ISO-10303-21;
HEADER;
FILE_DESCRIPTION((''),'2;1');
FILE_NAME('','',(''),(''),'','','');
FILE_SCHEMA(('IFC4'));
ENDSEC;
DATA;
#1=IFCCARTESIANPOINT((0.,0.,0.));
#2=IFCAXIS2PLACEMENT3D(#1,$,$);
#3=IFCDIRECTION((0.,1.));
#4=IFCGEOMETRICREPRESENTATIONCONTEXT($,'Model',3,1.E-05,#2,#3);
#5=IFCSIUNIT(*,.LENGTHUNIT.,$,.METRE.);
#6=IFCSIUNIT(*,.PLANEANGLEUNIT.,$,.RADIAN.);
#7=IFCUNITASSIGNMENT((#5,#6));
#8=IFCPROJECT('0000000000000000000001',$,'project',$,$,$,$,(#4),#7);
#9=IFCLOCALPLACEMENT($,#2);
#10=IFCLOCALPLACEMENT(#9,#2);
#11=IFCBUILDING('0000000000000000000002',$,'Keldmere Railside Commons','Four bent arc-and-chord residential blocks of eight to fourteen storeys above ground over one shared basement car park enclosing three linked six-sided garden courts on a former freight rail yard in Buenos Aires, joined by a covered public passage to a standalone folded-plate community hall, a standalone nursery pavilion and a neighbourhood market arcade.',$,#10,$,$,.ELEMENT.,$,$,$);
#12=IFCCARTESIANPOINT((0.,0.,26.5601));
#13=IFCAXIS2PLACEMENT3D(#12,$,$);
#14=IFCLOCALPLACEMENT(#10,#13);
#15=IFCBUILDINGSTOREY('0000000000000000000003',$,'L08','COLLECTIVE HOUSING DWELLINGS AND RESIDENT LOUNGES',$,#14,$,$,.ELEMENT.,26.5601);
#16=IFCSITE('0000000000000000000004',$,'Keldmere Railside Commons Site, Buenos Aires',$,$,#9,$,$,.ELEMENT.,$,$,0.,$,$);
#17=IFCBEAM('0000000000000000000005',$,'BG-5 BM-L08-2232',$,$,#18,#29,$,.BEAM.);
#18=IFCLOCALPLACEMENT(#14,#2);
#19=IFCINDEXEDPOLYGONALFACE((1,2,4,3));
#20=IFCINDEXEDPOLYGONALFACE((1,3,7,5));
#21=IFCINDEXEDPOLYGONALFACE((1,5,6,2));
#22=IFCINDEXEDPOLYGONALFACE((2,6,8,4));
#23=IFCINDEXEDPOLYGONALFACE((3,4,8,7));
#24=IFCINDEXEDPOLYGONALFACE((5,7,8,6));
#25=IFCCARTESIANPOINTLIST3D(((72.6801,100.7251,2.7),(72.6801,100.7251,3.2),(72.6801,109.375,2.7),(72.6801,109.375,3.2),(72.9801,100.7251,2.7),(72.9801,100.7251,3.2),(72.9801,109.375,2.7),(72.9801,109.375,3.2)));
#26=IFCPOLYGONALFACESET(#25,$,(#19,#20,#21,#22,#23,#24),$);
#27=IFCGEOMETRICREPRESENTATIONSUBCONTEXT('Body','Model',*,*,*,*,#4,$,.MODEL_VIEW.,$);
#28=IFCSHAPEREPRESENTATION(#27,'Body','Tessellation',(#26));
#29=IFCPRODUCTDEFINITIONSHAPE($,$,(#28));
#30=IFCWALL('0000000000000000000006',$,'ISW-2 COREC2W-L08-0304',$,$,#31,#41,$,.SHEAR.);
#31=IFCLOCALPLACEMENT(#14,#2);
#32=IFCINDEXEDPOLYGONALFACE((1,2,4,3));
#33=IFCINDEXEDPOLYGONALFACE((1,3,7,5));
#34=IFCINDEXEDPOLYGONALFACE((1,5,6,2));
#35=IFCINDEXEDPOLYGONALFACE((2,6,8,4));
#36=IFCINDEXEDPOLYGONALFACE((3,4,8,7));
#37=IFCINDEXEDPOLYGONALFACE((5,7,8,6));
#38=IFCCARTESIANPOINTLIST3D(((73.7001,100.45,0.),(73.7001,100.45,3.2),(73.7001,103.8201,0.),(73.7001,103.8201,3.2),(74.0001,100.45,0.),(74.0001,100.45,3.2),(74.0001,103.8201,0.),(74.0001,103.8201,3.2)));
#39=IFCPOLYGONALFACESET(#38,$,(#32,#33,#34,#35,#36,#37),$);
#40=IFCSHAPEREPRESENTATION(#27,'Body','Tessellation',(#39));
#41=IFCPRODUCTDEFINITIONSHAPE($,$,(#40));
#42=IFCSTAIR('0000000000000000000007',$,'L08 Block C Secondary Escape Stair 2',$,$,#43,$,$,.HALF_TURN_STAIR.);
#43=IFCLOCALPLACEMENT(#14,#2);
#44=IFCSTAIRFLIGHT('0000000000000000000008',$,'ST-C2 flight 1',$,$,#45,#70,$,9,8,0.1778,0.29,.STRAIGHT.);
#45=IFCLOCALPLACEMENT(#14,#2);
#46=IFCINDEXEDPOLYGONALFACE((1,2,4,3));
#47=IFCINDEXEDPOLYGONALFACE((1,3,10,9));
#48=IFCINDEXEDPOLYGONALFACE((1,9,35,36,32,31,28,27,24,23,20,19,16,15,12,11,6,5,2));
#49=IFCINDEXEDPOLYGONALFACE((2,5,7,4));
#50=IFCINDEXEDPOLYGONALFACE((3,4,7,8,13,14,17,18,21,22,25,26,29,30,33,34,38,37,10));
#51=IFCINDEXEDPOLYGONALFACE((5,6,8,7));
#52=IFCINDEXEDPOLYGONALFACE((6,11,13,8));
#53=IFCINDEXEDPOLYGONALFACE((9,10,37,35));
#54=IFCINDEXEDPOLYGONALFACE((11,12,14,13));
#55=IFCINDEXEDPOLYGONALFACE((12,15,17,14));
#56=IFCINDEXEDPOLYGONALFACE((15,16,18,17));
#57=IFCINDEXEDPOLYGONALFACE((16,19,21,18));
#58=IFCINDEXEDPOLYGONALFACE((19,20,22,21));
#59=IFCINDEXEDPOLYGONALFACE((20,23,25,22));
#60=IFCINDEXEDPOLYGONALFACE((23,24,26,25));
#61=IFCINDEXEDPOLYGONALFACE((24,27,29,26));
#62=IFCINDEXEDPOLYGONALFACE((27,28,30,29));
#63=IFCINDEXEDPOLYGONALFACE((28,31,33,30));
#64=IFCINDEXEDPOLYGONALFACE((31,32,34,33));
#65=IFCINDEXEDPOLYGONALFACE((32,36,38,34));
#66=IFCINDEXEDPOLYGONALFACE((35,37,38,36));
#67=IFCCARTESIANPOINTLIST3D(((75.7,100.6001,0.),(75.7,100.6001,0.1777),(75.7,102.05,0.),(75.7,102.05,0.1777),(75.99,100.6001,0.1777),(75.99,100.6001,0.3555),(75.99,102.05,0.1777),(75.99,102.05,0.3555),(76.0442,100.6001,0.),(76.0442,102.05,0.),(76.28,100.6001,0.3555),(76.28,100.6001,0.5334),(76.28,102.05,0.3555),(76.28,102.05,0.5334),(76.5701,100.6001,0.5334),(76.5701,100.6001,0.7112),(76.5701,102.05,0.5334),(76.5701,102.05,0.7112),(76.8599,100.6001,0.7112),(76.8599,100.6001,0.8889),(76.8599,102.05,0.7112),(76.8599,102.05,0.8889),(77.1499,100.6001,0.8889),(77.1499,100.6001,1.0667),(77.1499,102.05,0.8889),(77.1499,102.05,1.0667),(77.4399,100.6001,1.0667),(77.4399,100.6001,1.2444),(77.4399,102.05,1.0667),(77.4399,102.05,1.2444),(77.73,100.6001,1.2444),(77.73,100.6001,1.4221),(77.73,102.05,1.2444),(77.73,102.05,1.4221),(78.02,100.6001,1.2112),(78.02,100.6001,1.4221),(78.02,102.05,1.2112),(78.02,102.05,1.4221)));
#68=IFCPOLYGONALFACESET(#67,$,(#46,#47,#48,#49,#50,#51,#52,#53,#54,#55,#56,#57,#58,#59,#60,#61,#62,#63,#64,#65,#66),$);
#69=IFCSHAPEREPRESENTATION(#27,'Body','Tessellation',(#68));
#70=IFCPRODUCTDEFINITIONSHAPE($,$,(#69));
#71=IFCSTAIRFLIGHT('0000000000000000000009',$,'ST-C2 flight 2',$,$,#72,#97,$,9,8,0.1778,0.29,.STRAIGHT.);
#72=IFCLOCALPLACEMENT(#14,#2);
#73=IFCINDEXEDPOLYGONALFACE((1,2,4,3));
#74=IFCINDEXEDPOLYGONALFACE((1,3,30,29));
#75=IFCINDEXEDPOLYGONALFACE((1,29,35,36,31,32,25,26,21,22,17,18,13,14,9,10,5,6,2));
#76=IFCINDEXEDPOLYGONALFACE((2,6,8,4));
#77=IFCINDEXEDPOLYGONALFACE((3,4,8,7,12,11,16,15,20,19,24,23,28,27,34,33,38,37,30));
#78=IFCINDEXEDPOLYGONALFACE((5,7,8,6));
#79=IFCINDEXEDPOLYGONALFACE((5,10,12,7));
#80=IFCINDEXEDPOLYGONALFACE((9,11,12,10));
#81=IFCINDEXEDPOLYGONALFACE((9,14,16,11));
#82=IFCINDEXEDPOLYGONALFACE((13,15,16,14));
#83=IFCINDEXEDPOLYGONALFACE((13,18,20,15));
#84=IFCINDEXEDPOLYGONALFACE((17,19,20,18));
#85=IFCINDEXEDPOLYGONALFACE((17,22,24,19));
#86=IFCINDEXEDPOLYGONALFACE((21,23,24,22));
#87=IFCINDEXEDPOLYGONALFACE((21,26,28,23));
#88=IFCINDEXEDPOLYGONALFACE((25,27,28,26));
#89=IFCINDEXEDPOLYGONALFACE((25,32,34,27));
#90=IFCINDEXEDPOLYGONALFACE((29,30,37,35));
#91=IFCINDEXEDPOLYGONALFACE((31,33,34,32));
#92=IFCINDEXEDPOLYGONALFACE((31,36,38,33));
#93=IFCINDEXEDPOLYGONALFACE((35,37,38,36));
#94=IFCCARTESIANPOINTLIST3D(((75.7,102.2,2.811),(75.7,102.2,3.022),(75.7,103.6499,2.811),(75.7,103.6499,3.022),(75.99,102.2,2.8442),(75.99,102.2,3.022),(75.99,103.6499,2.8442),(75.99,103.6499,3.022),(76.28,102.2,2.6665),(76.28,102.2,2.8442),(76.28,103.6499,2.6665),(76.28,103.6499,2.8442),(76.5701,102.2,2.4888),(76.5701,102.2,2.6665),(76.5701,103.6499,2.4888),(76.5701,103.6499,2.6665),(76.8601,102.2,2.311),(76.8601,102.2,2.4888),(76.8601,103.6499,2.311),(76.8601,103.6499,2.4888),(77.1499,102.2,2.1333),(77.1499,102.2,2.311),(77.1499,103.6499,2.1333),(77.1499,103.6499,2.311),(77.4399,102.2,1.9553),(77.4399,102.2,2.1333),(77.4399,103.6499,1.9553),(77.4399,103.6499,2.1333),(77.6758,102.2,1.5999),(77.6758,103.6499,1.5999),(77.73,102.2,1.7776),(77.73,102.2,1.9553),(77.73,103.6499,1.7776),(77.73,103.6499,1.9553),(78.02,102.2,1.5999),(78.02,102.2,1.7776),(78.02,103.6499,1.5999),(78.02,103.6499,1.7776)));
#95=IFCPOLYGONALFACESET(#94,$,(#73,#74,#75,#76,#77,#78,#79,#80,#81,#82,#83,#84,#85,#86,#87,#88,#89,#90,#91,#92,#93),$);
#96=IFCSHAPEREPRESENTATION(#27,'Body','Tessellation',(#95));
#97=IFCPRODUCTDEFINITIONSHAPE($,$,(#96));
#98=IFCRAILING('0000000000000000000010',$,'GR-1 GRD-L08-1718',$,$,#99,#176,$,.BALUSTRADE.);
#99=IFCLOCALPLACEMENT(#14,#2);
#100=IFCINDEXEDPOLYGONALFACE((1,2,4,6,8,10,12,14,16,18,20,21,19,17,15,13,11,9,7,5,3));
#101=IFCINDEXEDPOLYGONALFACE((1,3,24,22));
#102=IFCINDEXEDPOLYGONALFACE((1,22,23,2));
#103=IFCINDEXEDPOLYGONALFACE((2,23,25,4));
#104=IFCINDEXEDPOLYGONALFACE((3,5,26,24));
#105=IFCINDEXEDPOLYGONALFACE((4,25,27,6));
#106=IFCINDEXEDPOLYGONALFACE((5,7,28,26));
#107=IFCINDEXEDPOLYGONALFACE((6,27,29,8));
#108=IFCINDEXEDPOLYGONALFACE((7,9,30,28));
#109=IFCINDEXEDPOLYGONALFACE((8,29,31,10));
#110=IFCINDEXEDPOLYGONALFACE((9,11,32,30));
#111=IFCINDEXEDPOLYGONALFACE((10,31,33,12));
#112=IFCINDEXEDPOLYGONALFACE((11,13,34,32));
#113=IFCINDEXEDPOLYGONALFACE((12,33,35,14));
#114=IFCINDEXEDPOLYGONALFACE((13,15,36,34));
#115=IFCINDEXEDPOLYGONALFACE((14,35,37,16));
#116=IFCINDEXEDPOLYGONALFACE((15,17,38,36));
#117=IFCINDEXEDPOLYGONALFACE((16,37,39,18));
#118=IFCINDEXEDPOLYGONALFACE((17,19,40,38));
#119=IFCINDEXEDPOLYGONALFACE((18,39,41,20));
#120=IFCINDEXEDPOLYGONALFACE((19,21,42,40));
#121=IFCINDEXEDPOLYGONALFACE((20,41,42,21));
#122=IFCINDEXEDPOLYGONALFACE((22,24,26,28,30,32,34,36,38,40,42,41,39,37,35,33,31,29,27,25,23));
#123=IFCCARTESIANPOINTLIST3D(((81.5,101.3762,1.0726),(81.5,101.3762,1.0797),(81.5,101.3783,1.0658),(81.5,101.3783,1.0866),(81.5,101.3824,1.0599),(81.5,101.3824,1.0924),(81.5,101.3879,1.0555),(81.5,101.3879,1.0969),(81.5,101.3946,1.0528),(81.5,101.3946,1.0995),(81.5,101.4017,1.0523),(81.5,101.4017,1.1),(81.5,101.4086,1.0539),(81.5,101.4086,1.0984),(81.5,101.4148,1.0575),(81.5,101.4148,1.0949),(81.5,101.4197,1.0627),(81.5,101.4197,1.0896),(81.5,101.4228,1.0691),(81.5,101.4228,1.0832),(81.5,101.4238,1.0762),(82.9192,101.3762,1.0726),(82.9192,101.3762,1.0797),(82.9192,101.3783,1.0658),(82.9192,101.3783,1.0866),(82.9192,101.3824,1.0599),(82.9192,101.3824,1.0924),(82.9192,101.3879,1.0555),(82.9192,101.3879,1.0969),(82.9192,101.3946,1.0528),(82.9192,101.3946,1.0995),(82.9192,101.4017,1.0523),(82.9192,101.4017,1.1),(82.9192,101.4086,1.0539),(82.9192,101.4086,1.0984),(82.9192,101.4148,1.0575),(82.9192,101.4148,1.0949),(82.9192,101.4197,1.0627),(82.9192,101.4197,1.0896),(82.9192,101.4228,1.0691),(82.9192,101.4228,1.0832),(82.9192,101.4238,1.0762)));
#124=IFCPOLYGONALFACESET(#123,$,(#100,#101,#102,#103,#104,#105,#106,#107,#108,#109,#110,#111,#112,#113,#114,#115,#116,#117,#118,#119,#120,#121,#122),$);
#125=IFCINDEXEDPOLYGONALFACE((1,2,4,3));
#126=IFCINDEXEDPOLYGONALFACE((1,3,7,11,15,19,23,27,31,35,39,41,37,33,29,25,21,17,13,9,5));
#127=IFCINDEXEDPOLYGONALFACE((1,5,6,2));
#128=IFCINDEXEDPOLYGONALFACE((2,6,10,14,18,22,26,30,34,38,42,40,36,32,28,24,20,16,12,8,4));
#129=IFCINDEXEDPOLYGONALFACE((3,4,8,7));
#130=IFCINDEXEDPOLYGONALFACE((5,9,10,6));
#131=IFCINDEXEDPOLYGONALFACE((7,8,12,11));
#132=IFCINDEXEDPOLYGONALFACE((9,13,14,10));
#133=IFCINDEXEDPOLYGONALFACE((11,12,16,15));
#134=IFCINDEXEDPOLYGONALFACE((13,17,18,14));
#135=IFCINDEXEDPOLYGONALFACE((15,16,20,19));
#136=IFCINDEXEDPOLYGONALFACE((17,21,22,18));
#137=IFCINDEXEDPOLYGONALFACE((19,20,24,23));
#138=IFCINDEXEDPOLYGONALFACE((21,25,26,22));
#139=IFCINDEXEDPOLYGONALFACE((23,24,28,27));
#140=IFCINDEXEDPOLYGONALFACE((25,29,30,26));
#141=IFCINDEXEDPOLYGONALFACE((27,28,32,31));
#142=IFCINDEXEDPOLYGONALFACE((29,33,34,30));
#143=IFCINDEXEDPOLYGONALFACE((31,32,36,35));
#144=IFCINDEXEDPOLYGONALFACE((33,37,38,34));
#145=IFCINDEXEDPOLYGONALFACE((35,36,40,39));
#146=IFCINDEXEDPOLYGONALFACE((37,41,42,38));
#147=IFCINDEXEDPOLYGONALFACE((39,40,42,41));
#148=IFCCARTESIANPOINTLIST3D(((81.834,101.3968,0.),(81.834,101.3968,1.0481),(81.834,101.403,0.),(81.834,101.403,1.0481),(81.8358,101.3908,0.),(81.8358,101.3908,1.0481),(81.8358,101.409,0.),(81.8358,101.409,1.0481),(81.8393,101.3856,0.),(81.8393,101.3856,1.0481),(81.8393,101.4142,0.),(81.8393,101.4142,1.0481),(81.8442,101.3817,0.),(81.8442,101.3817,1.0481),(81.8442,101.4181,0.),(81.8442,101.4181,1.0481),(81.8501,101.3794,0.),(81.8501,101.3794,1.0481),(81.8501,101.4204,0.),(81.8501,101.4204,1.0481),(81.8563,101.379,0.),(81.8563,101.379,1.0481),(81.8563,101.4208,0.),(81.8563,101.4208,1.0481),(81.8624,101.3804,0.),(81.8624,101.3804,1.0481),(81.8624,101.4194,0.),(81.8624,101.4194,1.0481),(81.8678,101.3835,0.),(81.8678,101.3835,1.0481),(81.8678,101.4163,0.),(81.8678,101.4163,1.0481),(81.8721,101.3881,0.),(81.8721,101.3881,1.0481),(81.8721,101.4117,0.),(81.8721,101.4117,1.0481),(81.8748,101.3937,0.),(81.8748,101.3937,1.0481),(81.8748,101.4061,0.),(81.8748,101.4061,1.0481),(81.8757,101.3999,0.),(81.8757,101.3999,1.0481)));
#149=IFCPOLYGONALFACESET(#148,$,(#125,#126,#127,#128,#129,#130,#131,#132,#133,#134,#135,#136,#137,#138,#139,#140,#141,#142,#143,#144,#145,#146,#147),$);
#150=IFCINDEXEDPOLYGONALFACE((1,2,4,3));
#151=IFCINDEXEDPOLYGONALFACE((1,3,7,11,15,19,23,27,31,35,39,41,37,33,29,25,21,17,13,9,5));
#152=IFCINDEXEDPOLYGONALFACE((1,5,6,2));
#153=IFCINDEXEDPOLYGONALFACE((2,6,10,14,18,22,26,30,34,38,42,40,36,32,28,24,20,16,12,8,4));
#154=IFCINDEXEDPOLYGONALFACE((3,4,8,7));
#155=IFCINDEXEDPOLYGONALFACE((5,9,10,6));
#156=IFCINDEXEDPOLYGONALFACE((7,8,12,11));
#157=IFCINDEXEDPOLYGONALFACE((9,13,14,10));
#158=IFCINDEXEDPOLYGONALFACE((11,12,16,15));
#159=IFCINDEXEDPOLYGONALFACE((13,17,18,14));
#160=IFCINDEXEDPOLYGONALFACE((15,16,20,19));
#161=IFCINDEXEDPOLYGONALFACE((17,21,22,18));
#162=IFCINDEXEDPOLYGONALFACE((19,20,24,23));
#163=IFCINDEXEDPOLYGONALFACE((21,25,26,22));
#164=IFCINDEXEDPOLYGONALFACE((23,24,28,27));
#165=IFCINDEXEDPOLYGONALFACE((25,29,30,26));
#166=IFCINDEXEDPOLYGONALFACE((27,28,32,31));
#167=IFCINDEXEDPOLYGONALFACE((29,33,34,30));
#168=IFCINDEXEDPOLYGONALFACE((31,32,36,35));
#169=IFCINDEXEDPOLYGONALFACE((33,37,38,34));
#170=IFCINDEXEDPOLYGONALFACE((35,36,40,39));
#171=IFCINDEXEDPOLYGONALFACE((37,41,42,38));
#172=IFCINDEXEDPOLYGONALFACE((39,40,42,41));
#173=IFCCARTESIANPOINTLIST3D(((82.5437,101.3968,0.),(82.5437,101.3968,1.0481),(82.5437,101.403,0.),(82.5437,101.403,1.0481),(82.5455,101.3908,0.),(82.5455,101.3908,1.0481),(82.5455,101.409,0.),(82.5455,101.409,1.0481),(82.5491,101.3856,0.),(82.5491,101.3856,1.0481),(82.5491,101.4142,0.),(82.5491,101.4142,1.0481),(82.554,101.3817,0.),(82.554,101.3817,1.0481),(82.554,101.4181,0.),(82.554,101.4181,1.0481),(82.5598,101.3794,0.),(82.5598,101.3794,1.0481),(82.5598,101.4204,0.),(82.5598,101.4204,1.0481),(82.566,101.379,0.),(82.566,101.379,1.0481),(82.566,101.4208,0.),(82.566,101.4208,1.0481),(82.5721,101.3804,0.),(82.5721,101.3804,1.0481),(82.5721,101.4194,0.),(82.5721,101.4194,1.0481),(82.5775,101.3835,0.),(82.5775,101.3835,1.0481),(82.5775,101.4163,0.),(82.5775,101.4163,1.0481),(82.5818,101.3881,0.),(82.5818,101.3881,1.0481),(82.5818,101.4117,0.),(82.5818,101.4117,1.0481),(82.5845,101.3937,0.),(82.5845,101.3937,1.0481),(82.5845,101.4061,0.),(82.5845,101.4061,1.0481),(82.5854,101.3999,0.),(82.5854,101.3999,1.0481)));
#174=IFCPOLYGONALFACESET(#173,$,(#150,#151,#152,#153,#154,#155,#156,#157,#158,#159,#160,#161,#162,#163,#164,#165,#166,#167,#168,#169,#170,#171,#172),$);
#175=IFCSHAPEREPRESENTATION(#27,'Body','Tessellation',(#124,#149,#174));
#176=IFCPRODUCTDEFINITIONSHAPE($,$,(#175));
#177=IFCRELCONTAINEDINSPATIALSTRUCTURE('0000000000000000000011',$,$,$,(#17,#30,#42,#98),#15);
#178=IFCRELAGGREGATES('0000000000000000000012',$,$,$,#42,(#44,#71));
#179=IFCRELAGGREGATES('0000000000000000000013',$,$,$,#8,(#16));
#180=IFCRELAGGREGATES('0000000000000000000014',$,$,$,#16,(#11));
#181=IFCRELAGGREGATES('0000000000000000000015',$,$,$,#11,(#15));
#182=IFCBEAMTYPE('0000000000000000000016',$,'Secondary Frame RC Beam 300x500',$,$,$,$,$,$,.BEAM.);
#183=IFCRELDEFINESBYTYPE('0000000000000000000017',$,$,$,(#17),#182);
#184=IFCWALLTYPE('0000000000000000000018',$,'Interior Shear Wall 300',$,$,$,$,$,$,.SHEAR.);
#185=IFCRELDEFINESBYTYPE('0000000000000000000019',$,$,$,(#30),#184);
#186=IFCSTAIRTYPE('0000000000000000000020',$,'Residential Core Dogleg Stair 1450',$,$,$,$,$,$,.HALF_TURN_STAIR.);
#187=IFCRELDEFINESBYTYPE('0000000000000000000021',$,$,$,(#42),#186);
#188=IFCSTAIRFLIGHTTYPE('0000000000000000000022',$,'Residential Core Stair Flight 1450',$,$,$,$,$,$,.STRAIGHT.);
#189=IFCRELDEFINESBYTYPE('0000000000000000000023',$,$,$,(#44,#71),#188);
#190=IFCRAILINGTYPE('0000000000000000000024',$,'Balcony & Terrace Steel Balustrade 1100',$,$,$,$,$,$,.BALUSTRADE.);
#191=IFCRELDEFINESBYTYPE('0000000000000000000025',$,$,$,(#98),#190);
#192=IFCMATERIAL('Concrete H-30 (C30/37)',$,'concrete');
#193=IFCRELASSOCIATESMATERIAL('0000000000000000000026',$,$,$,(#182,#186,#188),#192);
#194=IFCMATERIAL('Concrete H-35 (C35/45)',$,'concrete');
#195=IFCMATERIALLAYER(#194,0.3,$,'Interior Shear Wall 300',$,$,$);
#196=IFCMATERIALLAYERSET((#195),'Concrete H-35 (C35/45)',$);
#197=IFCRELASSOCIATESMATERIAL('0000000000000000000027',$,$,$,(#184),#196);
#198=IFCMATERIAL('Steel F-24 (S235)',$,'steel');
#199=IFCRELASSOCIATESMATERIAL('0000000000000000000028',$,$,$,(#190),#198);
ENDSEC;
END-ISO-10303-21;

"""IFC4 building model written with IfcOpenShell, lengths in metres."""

from ifc_helpers import new_model, si_unit, direction, frame, frame_2d, origin, origin_2d, place, context, subcontext, project, spatial, polyline, rectangle, circle, outline, extrude, material, layer, layer_set, material_profile, profile_set, type_object, element, aggregate, save


model = new_model("IFC4")

# Units and contexts
model_context = context("Model", 3, precision=1e-05, world=origin(), true_north=direction((0.0, 1.0)))
body_context = subcontext(model_context, "Body", "Model", "MODEL_VIEW")
ifc_project = project(units=[si_unit("LENGTHUNIT", "METRE"), si_unit("PLANEANGLEUNIT", "RADIAN")], contexts=[model_context])

# Site, building, storey
site_placement = place(None, origin())
site = spatial("IfcSite", under=ifc_project, at=site_placement, Name="Keldmere Railside Commons Site, Buenos Aires", CompositionType="ELEMENT", RefElevation=0.0)
building_placement = place(site_placement, origin())
building = spatial("IfcBuilding", under=site, at=building_placement, Name="Keldmere Railside Commons", Description="Four bent arc-and-chord residential blocks of eight to fourteen storeys above ground over one shared basement car park enclosing three linked six-sided garden courts on a former freight rail yard in Buenos Aires, joined by a covered public passage to a standalone folded-plate community hall, a standalone nursery pavilion and a neighbourhood market arcade.", CompositionType="ELEMENT")
storey_placement = place(building_placement, frame((0.0, 0.0, 26.5601)))
storey = spatial("IfcBuildingStorey", under=building, at=storey_placement, Name="L08", Description="COLLECTIVE HOUSING DWELLINGS AND RESIDENT LOUNGES", CompositionType="ELEMENT", Elevation=26.5601)

# Beam
ifc_material_1 = material(Name="Concrete H-30 (C30/37)", Category="concrete")
ifc_material_profile = material_profile(ifc_material_1, rectangle(XDim=0.3, YDim=0.5, at=origin_2d()), Name="RC-300x500")
ifc_profile_set = profile_set([ifc_material_profile], Name="Concrete H-30 (C30/37)")
beam_type = type_object("IfcBeamType", Name="Secondary Frame RC Beam 300x500", PredefinedType="BEAM", material=ifc_profile_set)
beam_placement = place(storey_placement, frame((72.8301, 100.7251, 2.95), z_axis=(0.0, 1.0, 0.0), x_axis=(-1.0, 0.0, 0.0)))
element("IfcBeam", 1, at=beam_placement, inside=storey, type_object=beam_type, Name="BG-5 BM-L08-2232", PredefinedType="BEAM", context=body_context, shape_type="SweptSolid", body=[
    extrude(rectangle(XDim=0.3, YDim=0.5, at=origin_2d()), origin(), (0.0, 0.0, 1.0), 8.6499),
])

# Wall
ifc_material_2 = material(Name="Concrete H-35 (C35/45)", Category="concrete")
ifc_layer_1 = layer(ifc_material_2, 0.3, Name="Interior Shear Wall 300")
ifc_layer_set_1 = layer_set([ifc_layer_1], Name="Concrete H-35 (C35/45)")
wall_type_1 = type_object("IfcWallType", Name="Interior Shear Wall 300", PredefinedType="SHEAR", material=ifc_layer_set_1)
wall_1_placement = place(storey_placement, frame((73.8501, 103.8201, 0.0), z_axis=(0.0, 0.0, 1.0), x_axis=(0.0, -1.0, 0.0)))
element("IfcWall", 2, at=wall_1_placement, inside=storey, type_object=wall_type_1, Name="ISW-2 COREC2W-L08-0304", PredefinedType="SHEAR", context=body_context, shape_type="SweptSolid", body=[
    extrude(rectangle(XDim=3.3701, YDim=0.3, at=frame_2d((1.6851, 0.0))), origin(), (0.0, 0.0, 1.0), 3.2),
])

# Shared definitions
ifc_material_3 = material(Name="Steel F-24 (S235)", Category="steel")

# Stair, stair flights
stair_type = type_object("IfcStairType", Name="Residential Core Dogleg Stair 1450", PredefinedType="HALF_TURN_STAIR", material=ifc_material_1)
stair_placement = place(storey_placement, origin())
stair = element("IfcStair", 3, at=stair_placement, inside=storey, type_object=stair_type, Name="L08 Block C Secondary Escape Stair 2", PredefinedType="HALF_TURN_STAIR")
stair_flight_type = type_object("IfcStairFlightType", Name="Residential Core Stair Flight 1450", PredefinedType="STRAIGHT", material=ifc_material_1)
stair_flight_1_placement = place(storey_placement, frame((75.7, 101.325, 0.0), z_axis=(0.0, 0.0, 1.0), x_axis=(1.0, 0.0, 0.0)))
stair_flight_1 = element("IfcStairFlight", 4, at=stair_flight_1_placement, type_object=stair_flight_type, Name="ST-C2 flight 1", NumberOfRisers=9, NumberOfTreads=8, PredefinedType="STRAIGHT", RiserHeight=0.1778, TreadLength=0.29, context=body_context, shape_type="SweptSolid", body=[
    extrude(outline(polyline([(0.0, 0.0), (0.0, 0.1777), (0.29, 0.1777), (0.29, 0.3555), (0.5801, 0.3555), (0.5801, 0.5334), (0.8701, 0.5334), (0.8701, 0.7112), (1.1599, 0.7112), (1.1599, 0.8889), (1.45, 0.8889), (1.45, 1.0667), (1.74, 1.0667), (1.74, 1.2444), (2.03, 1.2444), (2.03, 1.4221), (2.3201, 1.4221), (2.3201, 1.6001), (2.3201, 1.2112), (0.3442, 0.0), (0.0, 0.0)])), frame((0.0, 0.7251, 0.0), z_axis=(0.0, -1.0, 0.0), x_axis=(1.0, 0.0, 0.0)), (0.0, 0.0, 1.0), 1.45),
])
stair_flight_2_placement = place(storey_placement, frame((78.02, 102.925, 1.5999), z_axis=(0.0, 0.0, 1.0), x_axis=(-1.0, 0.0, 0.0)))
stair_flight_2 = element("IfcStairFlight", 5, at=stair_flight_2_placement, type_object=stair_flight_type, Name="ST-C2 flight 2", NumberOfRisers=9, NumberOfTreads=8, PredefinedType="STRAIGHT", RiserHeight=0.1778, TreadLength=0.29, context=body_context, shape_type="SweptSolid", body=[
    extrude(outline(polyline([(0.0, 0.0), (0.0, 0.1777), (0.29, 0.1777), (0.29, 0.3555), (0.5801, 0.3555), (0.5801, 0.5334), (0.8701, 0.5334), (0.8701, 0.7112), (1.1599, 0.7112), (1.1599, 0.8889), (1.45, 0.8889), (1.45, 1.0667), (1.74, 1.0667), (1.74, 1.2444), (2.03, 1.2444), (2.03, 1.4221), (2.3201, 1.4221), (2.3201, 1.6001), (2.3201, 1.2112), (0.3442, 0.0), (0.0, 0.0)])), frame((0.0, 0.7251, 0.0), z_axis=(0.0, -1.0, 0.0), x_axis=(1.0, 0.0, 0.0)), (0.0, 0.0, 1.0), 1.45),
])
aggregate(stair, [stair_flight_1, stair_flight_2])

# Railing
railing_type_1 = type_object("IfcRailingType", Name="Balcony & Terrace Steel Balustrade 1100", PredefinedType="BALUSTRADE", material=ifc_material_3)
railing_1_placement = place(storey_placement, frame((81.5, 101.3999, 0.0)))
element("IfcRailing", 6, at=railing_1_placement, inside=storey, type_object=railing_type_1, Name="GR-1 GRD-L08-1718", PredefinedType="BALUSTRADE", context=body_context, shape_type="SweptSolid", body=[
    extrude(circle(Radius=0.0239, at=origin_2d()), frame((0.0, 0.0, 1.0762), z_axis=(1.0, 0.0, 0.0), x_axis=(0.0, 1.0, 0.0)), (0.0, 0.0, 1.0), 1.4192),
    extrude(circle(Radius=0.021, at=origin_2d()), frame((0.3547, 0.0, 0.0)), (0.0, 0.0, 1.0), 1.0481),
    extrude(circle(Radius=0.021, at=origin_2d()), frame((1.0645, 0.0, 0.0)), (0.0, 0.0, 1.0), 1.0481),
])

save(model, "model.ifc")
